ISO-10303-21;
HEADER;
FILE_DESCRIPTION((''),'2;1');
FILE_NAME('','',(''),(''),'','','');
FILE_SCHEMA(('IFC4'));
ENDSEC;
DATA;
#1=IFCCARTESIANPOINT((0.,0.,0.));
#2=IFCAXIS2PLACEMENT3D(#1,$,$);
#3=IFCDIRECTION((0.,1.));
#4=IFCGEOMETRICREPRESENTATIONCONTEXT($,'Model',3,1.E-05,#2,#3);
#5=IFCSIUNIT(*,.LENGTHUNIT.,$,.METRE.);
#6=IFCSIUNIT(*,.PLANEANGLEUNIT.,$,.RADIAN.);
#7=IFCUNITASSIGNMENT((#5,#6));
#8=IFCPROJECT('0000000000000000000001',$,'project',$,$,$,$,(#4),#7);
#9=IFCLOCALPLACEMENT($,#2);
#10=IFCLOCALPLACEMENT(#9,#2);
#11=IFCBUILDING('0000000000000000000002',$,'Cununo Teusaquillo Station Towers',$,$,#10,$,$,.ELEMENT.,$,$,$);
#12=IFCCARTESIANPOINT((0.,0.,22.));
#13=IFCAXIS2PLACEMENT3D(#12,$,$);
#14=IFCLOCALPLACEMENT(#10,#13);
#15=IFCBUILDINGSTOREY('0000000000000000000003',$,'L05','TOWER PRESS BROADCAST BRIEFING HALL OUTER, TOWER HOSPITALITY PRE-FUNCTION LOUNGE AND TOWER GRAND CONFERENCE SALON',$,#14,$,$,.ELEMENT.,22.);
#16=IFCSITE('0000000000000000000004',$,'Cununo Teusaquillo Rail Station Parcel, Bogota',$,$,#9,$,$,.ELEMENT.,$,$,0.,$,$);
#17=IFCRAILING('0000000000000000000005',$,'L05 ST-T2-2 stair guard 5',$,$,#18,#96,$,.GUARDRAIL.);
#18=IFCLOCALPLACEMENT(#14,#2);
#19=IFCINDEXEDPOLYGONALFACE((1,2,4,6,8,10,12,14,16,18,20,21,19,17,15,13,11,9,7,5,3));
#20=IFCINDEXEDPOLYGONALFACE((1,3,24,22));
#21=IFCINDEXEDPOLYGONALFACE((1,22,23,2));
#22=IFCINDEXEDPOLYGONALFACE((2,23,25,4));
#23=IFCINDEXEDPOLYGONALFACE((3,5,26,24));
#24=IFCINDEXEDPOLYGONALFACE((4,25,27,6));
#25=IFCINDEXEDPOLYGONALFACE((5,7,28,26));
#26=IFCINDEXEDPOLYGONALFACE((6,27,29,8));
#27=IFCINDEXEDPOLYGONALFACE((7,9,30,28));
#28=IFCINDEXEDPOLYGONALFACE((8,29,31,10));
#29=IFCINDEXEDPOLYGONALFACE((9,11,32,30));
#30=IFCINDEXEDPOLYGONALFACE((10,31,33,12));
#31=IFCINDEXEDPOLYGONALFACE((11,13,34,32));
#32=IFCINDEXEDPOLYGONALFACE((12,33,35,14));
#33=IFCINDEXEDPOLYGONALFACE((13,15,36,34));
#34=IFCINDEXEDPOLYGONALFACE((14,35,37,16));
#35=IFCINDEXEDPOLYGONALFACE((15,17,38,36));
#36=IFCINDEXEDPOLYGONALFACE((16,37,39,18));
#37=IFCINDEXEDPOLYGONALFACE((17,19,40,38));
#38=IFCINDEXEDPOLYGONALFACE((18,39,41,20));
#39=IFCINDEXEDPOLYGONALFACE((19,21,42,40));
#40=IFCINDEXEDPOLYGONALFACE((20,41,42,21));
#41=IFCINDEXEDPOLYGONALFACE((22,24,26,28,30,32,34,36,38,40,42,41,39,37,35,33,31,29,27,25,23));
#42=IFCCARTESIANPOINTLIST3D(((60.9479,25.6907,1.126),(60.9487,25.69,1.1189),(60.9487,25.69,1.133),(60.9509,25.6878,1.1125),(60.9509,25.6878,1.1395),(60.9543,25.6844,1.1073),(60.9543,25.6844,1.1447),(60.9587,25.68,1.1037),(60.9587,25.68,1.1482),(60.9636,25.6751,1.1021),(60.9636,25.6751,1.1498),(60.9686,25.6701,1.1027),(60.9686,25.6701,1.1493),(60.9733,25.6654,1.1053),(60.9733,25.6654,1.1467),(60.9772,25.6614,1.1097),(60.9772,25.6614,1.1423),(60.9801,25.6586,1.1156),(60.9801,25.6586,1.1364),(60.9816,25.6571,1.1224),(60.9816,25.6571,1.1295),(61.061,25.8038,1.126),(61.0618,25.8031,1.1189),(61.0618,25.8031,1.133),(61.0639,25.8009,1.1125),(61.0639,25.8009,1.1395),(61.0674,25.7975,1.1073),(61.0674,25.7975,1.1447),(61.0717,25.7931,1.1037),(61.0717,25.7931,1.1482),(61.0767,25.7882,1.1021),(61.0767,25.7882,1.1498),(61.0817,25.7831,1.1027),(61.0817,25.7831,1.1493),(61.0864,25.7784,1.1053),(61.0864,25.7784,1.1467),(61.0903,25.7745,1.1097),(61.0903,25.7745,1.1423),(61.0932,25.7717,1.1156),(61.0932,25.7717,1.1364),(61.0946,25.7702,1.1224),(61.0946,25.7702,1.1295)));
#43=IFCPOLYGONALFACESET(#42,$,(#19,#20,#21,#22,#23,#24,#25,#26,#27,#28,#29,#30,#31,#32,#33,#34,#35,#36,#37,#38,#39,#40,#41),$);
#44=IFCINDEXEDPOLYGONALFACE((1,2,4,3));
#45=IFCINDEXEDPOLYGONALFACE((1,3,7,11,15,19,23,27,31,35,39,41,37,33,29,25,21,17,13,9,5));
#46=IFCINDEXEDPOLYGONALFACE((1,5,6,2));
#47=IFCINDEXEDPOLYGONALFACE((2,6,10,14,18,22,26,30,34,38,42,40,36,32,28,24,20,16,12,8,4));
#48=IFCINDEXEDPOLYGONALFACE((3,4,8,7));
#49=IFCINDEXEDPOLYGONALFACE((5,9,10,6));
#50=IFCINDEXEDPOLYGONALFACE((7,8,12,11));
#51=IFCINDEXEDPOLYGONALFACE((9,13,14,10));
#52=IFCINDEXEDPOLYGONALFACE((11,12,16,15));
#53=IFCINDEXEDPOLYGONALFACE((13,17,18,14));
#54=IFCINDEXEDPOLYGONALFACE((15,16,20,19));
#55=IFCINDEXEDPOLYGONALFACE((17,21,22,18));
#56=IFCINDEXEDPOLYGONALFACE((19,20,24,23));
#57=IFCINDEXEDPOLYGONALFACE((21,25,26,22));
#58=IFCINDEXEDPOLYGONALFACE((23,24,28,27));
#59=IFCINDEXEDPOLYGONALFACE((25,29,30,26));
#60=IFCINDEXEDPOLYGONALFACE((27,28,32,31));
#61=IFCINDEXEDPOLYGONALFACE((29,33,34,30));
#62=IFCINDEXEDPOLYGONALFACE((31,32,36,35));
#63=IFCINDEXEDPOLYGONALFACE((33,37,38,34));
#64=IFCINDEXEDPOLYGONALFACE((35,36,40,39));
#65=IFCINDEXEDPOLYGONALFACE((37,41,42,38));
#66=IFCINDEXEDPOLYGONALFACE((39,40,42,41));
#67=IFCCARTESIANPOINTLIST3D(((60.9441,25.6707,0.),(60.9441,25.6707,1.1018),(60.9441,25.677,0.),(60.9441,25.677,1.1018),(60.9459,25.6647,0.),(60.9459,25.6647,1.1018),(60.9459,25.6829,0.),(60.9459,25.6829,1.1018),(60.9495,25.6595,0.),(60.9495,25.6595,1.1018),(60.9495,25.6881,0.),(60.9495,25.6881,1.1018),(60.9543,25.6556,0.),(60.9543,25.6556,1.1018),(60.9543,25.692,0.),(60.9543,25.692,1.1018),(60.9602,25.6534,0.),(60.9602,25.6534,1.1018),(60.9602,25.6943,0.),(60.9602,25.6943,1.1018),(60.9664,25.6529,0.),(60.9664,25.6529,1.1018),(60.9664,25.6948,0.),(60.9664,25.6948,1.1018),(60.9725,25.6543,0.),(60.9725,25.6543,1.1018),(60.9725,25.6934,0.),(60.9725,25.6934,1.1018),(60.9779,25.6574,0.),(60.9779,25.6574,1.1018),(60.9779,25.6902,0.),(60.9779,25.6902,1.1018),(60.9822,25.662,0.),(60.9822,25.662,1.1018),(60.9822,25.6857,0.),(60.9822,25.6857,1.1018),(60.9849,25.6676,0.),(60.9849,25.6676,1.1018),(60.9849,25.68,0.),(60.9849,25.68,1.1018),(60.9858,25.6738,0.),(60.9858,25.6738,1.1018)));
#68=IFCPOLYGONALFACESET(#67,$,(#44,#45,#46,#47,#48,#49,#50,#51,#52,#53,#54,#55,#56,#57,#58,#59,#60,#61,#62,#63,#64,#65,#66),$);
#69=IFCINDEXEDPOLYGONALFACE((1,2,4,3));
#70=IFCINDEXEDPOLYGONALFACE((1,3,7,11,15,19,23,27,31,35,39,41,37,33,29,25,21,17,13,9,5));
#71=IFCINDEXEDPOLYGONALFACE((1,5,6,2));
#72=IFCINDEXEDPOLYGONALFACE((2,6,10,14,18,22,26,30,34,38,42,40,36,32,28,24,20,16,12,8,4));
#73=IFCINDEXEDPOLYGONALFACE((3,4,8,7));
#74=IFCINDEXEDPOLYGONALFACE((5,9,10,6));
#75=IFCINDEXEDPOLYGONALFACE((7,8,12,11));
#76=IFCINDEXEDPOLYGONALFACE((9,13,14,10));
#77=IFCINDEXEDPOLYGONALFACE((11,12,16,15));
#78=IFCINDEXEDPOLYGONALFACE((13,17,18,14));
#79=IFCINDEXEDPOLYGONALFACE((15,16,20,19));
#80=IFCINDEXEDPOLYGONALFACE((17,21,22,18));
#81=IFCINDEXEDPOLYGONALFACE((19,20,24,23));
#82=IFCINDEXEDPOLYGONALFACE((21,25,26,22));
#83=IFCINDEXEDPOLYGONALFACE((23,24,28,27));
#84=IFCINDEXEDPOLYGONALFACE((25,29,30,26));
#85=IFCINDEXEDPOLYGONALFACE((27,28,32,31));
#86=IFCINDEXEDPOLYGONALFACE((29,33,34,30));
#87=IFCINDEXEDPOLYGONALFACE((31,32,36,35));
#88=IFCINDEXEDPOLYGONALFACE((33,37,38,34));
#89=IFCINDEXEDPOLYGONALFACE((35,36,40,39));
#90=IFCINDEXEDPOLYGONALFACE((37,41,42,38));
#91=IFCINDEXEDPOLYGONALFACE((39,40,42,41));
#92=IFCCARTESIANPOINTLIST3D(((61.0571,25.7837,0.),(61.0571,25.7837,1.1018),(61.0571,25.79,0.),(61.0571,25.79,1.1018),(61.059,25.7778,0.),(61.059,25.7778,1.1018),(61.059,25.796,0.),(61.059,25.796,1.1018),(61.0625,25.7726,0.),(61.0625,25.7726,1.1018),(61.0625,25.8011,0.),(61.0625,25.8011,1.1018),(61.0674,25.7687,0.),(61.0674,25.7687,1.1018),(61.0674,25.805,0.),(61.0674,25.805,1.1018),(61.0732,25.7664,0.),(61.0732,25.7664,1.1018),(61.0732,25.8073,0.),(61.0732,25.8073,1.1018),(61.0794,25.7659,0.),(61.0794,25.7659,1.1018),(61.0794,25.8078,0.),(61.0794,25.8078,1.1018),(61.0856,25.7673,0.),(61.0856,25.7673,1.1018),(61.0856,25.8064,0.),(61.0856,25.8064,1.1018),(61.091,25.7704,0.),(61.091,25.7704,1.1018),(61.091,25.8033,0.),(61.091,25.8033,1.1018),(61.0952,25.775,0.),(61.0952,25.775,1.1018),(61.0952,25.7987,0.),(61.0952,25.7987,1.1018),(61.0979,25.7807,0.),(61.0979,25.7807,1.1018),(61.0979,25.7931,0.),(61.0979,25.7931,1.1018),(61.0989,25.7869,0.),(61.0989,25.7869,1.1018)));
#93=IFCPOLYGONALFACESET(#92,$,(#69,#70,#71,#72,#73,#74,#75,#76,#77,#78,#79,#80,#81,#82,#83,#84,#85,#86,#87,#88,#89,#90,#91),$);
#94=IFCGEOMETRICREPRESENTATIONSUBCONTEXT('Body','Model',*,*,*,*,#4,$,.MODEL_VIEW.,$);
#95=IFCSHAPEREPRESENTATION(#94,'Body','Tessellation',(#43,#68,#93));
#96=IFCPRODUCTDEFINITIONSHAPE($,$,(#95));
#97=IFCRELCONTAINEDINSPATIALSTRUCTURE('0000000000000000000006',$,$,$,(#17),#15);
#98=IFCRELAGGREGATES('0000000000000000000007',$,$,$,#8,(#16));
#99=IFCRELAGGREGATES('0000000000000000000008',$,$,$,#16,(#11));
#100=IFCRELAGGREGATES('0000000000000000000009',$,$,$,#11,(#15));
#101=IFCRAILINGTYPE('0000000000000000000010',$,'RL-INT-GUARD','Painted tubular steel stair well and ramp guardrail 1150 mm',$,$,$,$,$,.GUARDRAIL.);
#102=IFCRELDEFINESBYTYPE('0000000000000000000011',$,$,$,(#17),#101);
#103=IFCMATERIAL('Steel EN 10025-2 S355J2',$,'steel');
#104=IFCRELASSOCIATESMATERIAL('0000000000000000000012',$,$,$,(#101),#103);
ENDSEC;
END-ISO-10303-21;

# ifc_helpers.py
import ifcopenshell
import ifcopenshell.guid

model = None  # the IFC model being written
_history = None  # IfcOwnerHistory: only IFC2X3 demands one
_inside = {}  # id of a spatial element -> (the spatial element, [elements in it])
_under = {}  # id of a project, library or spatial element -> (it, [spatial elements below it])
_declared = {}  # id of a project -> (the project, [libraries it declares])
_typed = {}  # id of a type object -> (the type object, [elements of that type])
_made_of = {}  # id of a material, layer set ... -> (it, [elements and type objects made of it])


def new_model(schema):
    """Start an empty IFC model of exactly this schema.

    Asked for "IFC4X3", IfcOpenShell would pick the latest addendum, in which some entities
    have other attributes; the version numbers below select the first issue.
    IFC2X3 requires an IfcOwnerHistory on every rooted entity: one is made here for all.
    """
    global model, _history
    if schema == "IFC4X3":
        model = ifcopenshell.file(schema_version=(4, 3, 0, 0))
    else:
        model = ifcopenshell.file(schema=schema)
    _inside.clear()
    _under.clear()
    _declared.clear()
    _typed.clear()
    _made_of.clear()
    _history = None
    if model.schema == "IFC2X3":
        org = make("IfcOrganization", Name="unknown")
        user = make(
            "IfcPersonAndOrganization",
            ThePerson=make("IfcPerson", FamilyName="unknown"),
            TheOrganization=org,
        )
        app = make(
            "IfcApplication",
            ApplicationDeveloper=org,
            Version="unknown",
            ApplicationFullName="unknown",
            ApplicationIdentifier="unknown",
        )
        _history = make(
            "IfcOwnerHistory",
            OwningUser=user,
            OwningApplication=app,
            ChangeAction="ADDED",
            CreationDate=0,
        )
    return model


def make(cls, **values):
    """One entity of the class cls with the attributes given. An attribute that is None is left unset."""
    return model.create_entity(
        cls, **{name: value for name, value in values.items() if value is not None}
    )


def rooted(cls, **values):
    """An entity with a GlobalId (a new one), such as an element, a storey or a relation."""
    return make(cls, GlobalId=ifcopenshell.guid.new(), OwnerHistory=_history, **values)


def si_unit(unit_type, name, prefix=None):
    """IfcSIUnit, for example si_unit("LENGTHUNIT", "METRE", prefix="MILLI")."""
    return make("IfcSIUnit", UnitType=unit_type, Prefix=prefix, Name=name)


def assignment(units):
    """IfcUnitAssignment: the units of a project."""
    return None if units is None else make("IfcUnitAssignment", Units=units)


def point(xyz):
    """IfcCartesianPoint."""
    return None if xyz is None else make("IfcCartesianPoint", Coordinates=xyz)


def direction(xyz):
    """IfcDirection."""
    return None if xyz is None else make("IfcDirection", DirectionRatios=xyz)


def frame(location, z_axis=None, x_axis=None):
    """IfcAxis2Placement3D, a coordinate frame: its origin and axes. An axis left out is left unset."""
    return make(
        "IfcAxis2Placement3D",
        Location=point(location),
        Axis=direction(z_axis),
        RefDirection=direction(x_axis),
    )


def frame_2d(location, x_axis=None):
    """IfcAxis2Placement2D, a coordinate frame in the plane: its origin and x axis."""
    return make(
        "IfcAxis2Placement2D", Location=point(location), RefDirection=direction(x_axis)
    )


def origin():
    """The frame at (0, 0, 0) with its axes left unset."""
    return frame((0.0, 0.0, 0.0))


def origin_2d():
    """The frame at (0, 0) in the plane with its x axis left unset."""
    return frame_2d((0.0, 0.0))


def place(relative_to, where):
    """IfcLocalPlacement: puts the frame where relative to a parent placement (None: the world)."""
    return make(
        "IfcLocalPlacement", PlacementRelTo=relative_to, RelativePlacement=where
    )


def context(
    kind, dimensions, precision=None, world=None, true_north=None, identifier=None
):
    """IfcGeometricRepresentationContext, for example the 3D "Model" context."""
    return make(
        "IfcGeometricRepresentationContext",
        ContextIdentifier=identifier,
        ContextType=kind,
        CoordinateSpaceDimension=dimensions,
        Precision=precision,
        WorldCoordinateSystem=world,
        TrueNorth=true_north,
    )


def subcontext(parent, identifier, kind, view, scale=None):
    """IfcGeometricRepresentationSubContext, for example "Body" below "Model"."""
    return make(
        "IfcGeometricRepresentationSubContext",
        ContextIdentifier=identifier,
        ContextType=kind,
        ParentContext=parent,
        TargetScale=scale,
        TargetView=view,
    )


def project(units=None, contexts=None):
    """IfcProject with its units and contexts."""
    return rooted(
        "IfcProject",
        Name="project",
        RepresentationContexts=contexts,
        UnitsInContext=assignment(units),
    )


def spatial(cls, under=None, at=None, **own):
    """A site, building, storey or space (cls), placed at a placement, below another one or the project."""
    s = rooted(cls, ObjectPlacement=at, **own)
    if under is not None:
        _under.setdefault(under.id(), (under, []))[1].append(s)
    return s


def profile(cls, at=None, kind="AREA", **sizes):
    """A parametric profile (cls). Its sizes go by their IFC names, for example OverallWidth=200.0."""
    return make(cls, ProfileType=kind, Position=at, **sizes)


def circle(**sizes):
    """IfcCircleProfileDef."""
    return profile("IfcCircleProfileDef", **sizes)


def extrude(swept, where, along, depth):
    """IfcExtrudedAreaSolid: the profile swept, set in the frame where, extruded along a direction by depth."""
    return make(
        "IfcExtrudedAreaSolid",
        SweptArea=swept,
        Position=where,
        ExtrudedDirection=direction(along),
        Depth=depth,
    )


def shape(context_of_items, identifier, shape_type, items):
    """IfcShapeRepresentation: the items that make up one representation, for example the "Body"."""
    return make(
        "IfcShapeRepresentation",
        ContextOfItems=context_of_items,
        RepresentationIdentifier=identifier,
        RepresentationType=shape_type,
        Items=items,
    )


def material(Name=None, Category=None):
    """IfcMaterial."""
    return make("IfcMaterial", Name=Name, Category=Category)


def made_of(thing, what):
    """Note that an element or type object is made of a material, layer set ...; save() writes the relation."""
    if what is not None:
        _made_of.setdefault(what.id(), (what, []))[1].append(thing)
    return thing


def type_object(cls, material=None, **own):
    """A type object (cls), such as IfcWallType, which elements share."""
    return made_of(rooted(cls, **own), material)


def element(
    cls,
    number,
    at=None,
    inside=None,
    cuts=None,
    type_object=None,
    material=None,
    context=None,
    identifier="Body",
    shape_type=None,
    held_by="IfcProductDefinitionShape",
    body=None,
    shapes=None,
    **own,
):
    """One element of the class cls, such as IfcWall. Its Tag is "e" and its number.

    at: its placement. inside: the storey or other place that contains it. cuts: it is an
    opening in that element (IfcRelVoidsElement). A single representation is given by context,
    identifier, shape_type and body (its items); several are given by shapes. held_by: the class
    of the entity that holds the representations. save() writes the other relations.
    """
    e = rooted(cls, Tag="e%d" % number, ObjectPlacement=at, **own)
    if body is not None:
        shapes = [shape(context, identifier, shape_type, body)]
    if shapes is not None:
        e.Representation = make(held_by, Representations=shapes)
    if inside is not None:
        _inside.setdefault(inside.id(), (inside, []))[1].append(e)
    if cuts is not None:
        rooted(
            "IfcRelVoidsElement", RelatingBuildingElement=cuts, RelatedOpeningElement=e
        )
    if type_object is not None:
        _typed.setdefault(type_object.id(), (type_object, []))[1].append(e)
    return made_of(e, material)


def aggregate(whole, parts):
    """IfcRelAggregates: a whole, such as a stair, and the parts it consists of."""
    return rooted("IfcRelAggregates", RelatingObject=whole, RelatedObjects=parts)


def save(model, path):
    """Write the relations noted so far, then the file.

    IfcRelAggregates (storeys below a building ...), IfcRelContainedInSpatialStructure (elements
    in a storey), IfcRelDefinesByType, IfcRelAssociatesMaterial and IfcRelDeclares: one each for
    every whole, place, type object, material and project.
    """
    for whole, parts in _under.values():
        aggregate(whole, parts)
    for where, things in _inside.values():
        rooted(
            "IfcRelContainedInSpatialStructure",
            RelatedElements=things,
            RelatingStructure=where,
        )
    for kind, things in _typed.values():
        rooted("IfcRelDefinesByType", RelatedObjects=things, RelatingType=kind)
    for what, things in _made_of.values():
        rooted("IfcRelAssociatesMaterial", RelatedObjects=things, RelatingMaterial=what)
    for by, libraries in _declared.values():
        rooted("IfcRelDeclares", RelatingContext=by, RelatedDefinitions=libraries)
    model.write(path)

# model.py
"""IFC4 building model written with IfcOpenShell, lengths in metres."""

from ifc_helpers import new_model, si_unit, direction, frame, origin, origin_2d, place, context, subcontext, project, spatial, circle, extrude, material, type_object, element, save


model = new_model("IFC4")

# Units and contexts
model_context = context("Model", 3, precision=1e-05, world=origin(), true_north=direction((0.0, 1.0)))
body_context = subcontext(model_context, "Body", "Model", "MODEL_VIEW")
ifc_project = project(units=[si_unit("LENGTHUNIT", "METRE"), si_unit("PLANEANGLEUNIT", "RADIAN")], contexts=[model_context])

# Site, building, storey
site_placement = place(None, origin())
site = spatial("IfcSite", under=ifc_project, at=site_placement, Name="Cununo Teusaquillo Rail Station Parcel, Bogota", CompositionType="ELEMENT", RefElevation=0.0)
building_placement = place(site_placement, origin())
building = spatial("IfcBuilding", under=site, at=building_placement, Name="Cununo Teusaquillo Station Towers", CompositionType="ELEMENT")
storey_placement = place(building_placement, frame((0.0, 0.0, 22.0)))
storey = spatial("IfcBuildingStorey", under=building, at=storey_placement, Name="L05", Description="TOWER PRESS BROADCAST BRIEFING HALL OUTER, TOWER HOSPITALITY PRE-FUNCTION LOUNGE AND TOWER GRAND CONFERENCE SALON", CompositionType="ELEMENT", Elevation=22.0)

# Railing
ifc_material_1 = material(Name="Steel EN 10025-2 S355J2", Category="steel")
railing_type_1 = type_object("IfcRailingType", Name="RL-INT-GUARD", Description="Painted tubular steel stair well and ramp guardrail 1150 mm", PredefinedType="GUARDRAIL", material=ifc_material_1)
railing_1_placement = place(storey_placement, frame((60.9648, 25.6738, 0.0)))
element("IfcRailing", 1, at=railing_1_placement, inside=storey, type_object=railing_type_1, Name="L05 ST-T2-2 stair guard 5", PredefinedType="GUARDRAIL", context=body_context, shape_type="SweptSolid", body=[
    extrude(circle(Radius=0.0239, at=origin_2d()), frame((0.0, 0.0, 1.126), z_axis=(0.707107, 0.707107, 0.0), x_axis=(-0.707107, 0.707107, 0.0)), (0.0, 0.0, 1.0), 0.1599),
    extrude(circle(Radius=0.021, at=origin_2d()), origin(), (0.0, 0.0, 1.0), 1.1018),
    extrude(circle(Radius=0.021, at=origin_2d()), frame((0.113, 0.113, 0.0)), (0.0, 0.0, 1.0), 1.1018),
])

save(model, "model.ifc")
